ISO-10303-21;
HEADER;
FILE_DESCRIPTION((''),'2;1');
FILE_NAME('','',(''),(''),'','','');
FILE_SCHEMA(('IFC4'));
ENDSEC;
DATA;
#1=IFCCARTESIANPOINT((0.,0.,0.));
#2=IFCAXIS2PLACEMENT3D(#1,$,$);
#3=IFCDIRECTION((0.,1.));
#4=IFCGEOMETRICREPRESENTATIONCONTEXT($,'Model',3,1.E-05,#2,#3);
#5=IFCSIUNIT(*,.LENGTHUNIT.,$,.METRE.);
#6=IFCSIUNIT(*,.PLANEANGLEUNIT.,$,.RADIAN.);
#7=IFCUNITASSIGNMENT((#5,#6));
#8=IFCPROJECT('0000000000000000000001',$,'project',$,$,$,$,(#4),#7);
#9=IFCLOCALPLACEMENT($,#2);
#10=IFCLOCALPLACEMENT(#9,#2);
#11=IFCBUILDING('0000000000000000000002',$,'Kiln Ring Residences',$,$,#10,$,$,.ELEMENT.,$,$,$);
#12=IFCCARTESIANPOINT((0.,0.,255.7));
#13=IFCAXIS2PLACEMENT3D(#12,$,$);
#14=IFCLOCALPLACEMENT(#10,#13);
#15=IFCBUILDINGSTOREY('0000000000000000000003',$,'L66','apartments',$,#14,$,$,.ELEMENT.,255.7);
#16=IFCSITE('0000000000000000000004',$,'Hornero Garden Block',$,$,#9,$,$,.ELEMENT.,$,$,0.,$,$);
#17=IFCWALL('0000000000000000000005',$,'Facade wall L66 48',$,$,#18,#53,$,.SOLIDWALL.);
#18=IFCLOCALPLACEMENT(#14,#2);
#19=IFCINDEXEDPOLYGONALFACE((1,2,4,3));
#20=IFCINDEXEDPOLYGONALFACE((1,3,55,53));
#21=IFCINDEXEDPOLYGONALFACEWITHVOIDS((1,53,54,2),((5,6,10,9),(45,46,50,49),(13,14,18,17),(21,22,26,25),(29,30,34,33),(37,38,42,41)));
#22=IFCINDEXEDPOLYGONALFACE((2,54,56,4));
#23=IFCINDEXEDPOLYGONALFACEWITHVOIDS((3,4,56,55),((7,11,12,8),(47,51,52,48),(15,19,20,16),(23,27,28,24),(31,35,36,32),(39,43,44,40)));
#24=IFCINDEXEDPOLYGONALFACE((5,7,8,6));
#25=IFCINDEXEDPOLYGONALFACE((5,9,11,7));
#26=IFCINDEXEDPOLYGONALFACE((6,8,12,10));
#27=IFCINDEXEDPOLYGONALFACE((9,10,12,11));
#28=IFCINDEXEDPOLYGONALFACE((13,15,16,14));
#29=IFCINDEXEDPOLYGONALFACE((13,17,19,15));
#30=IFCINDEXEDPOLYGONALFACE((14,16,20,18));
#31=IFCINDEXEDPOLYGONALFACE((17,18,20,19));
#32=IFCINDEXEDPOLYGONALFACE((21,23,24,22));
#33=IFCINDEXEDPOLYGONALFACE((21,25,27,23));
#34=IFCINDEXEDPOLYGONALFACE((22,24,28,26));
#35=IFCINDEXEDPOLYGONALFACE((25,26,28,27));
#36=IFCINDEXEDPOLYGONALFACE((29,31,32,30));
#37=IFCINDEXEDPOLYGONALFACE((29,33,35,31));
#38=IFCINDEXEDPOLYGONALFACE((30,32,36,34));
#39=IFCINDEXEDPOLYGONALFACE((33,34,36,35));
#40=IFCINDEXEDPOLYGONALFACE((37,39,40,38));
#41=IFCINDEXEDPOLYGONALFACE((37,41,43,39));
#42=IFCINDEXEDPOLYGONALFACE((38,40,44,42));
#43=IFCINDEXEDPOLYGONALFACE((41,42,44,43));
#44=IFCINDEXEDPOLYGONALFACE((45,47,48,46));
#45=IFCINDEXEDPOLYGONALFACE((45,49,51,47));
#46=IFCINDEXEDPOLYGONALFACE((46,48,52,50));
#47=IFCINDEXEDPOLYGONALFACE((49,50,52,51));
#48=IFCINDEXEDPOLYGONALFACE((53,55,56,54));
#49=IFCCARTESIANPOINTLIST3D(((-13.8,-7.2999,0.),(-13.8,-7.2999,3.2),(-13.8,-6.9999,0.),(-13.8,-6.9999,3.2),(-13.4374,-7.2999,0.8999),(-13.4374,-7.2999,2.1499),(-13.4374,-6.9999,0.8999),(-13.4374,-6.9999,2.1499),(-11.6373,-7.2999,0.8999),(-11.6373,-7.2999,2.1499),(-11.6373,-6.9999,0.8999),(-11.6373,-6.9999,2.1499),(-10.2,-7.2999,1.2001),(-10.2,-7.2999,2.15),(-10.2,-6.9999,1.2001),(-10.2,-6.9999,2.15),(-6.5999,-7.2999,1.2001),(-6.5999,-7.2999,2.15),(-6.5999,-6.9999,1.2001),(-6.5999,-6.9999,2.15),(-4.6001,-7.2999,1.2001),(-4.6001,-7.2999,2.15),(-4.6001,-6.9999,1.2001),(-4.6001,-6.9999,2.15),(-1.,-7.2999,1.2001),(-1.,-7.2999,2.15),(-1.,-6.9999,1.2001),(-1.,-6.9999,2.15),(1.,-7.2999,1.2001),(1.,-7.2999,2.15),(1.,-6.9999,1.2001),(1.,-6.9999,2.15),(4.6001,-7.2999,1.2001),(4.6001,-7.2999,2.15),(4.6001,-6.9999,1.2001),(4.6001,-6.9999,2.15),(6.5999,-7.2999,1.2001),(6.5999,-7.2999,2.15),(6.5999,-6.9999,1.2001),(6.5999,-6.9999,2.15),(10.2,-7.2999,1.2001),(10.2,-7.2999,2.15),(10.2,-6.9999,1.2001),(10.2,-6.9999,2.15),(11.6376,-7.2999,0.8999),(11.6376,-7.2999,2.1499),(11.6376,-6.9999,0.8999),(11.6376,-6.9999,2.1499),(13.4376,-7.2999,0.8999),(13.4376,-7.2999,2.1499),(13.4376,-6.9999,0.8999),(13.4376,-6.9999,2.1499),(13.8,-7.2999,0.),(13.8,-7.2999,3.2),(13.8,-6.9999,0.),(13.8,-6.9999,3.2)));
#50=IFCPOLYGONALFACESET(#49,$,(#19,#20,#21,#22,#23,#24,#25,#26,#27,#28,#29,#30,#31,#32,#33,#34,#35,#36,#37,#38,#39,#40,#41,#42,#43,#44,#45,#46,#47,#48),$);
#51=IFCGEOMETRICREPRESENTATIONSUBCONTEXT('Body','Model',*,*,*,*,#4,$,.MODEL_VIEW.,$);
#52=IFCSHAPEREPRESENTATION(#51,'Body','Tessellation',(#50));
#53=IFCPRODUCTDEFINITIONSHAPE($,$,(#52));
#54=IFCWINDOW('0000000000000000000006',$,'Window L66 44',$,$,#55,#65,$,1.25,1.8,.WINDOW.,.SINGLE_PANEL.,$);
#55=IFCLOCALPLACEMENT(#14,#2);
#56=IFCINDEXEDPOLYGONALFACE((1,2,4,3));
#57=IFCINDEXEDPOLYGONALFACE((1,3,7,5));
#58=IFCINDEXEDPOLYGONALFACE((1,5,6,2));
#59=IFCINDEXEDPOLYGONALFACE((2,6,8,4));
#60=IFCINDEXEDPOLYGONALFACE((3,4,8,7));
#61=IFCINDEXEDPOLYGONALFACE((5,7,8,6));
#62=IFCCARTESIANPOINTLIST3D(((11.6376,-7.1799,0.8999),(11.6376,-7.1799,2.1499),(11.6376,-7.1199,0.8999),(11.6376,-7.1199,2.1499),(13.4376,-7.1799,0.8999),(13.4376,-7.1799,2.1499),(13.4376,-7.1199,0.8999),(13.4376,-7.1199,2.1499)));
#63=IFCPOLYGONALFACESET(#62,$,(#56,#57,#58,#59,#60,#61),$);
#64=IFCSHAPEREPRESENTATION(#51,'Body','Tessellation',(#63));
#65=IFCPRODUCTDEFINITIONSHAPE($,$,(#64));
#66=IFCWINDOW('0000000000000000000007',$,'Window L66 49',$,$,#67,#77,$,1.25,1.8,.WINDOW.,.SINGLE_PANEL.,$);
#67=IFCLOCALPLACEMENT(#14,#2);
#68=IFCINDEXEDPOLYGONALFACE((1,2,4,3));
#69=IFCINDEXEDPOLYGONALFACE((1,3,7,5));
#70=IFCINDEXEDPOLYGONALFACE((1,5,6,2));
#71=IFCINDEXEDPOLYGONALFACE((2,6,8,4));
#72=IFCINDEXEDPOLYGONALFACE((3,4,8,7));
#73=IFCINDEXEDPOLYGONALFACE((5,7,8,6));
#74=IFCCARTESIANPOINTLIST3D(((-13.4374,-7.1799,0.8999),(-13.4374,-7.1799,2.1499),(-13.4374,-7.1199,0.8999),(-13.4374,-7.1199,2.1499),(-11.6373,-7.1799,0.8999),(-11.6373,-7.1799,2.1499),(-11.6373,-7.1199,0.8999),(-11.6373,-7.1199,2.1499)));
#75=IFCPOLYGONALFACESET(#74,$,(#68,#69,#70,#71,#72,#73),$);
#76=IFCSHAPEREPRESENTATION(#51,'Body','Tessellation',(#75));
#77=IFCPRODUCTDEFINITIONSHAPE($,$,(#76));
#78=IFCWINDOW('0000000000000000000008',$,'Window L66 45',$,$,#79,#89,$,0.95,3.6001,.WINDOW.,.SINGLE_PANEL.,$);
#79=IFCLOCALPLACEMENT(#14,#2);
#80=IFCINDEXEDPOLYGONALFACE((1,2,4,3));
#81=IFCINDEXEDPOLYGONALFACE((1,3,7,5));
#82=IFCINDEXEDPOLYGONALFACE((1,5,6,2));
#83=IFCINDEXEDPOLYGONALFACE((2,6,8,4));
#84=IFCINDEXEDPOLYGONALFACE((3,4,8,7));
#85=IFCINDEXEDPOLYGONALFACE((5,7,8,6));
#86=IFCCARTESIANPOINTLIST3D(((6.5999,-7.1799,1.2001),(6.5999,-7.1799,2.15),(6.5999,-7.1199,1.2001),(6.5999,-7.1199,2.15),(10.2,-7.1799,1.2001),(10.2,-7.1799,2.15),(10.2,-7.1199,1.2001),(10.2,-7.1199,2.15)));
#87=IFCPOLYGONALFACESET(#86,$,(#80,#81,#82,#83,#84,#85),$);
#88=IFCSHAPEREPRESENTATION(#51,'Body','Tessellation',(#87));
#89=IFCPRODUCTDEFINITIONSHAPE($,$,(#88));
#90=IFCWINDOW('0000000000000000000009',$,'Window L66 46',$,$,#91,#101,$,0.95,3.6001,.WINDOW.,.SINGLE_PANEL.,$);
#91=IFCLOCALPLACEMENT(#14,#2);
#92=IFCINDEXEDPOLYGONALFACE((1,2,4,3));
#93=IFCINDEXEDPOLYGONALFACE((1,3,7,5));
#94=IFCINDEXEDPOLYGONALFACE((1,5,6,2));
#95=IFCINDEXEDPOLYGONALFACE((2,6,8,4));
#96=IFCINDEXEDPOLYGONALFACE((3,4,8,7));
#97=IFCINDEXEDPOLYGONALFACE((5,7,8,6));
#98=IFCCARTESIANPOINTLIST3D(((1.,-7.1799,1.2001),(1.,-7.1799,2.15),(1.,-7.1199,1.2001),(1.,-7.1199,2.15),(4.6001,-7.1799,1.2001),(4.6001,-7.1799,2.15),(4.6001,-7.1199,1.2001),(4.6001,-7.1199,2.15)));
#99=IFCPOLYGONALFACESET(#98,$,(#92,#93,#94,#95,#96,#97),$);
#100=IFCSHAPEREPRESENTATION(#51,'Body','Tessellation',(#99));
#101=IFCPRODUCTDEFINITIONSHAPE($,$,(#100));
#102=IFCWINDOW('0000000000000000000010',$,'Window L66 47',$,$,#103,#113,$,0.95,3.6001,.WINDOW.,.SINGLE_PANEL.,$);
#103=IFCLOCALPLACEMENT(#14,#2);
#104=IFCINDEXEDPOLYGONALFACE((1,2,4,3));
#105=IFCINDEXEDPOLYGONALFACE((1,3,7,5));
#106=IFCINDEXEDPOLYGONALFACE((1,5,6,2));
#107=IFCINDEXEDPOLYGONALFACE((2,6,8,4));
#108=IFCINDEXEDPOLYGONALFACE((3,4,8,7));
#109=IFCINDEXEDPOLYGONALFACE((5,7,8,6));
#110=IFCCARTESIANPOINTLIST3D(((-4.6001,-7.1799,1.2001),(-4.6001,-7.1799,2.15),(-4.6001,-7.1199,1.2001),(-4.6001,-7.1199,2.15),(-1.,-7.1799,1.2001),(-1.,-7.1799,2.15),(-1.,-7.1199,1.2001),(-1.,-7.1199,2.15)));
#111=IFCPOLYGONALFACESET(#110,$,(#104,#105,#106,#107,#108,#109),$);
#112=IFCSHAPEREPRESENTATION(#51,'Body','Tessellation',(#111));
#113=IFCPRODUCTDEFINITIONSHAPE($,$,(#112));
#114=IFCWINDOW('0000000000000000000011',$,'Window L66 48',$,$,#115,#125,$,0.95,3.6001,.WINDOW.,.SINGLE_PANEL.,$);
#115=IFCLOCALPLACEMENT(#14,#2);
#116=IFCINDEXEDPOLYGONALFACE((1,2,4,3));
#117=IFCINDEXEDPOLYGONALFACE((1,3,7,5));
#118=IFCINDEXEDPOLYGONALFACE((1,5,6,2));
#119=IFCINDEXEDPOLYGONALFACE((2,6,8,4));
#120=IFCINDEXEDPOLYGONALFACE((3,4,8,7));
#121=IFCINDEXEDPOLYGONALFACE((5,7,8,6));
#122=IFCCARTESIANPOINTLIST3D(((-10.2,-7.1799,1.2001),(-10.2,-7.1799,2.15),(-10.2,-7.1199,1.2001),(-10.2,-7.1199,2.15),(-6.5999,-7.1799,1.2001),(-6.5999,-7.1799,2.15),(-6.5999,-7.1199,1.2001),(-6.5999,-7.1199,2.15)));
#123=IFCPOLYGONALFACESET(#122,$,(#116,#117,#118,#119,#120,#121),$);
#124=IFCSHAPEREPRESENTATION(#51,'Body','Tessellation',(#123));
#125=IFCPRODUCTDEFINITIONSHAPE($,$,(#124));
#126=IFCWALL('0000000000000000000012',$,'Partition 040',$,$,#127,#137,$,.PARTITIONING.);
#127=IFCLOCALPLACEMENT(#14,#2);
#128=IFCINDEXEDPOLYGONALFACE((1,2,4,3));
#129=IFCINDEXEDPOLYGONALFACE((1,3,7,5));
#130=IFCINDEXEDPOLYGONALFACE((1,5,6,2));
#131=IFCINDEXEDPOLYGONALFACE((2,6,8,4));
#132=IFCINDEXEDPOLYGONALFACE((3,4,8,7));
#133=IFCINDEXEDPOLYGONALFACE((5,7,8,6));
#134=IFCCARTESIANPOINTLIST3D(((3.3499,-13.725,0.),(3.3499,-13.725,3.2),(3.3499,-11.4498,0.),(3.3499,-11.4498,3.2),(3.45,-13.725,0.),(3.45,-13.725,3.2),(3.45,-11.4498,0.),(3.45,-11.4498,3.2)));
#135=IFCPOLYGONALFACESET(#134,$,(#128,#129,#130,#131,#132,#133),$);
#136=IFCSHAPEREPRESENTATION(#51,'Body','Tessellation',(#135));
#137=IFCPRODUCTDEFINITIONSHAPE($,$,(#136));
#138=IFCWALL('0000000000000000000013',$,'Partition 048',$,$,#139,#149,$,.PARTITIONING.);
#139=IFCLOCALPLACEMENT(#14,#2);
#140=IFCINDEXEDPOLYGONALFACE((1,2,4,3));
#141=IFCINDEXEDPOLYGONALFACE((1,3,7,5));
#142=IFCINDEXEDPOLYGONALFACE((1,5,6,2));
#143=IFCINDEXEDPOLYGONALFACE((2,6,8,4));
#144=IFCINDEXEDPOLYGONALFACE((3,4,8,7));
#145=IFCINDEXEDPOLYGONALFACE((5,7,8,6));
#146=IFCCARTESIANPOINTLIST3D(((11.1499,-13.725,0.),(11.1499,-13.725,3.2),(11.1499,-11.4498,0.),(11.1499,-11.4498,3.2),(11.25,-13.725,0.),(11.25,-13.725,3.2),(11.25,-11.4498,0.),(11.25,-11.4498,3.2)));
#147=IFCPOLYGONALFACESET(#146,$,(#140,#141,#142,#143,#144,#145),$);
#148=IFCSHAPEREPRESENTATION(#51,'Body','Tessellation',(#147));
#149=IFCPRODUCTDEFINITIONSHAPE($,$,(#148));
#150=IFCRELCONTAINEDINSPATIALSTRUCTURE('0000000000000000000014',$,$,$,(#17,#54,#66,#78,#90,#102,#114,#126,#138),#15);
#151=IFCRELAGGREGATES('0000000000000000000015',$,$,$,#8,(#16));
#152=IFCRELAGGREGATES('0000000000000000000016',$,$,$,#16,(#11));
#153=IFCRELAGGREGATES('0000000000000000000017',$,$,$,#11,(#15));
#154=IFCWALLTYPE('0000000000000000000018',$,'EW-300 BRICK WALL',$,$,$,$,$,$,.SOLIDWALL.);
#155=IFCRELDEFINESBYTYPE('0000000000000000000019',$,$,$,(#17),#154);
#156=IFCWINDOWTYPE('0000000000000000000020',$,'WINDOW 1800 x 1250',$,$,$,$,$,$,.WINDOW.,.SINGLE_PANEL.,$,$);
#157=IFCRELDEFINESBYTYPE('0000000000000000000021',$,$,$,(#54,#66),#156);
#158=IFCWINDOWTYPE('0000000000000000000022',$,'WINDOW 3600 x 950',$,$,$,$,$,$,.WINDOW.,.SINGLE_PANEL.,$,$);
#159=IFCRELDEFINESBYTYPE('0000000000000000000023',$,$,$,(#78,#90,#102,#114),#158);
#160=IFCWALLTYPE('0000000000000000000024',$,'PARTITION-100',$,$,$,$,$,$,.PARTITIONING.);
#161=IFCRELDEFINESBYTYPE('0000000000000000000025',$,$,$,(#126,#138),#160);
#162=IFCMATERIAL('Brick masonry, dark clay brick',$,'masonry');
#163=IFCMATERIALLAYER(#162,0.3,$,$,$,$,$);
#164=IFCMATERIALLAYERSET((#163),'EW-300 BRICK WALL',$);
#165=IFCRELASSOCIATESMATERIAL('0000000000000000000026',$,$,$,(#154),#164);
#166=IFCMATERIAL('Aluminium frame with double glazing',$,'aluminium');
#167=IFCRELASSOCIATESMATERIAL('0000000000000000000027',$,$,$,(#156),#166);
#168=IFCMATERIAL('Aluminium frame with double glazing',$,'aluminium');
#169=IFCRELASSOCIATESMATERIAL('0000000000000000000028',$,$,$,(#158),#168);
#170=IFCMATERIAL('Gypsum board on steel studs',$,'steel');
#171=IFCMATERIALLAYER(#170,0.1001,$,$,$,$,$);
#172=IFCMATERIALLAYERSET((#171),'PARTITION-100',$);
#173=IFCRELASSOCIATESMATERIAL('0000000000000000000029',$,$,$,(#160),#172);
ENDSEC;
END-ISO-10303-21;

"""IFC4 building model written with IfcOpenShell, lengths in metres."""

from ifc_helpers import new_model, si_unit, direction, frame, frame_2d, origin, place, context, subcontext, project, spatial, rectangle, extrude, material, layer, layer_set, type_object, element, fill, save


model = new_model("IFC4")

# Units and contexts
model_context = context("Model", 3, precision=1e-05, world=origin(), true_north=direction((0.0, 1.0)))
body_context = subcontext(model_context, "Body", "Model", "MODEL_VIEW")
ifc_project = project(units=[si_unit("LENGTHUNIT", "METRE"), si_unit("PLANEANGLEUNIT", "RADIAN")], contexts=[model_context])

# Site, building, storey
site_placement = place(None, origin())
site = spatial("IfcSite", under=ifc_project, at=site_placement, Name="Hornero Garden Block", CompositionType="ELEMENT", RefElevation=0.0)
building_placement = place(site_placement, origin())
building = spatial("IfcBuilding", under=site, at=building_placement, Name="Kiln Ring Residences", CompositionType="ELEMENT")
storey_placement = place(building_placement, frame((0.0, 0.0, 255.7)))
storey = spatial("IfcBuildingStorey", under=building, at=storey_placement, Name="L66", Description="apartments", CompositionType="ELEMENT", Elevation=255.7)

# Wall, openings, windows
ifc_material_1 = material(Name="Brick masonry, dark clay brick", Category="masonry")
ifc_layer_1 = layer(ifc_material_1, 0.3)
ifc_layer_set_1 = layer_set([ifc_layer_1], Name="EW-300 BRICK WALL")
wall_type_1 = type_object("IfcWallType", Name="EW-300 BRICK WALL", PredefinedType="SOLIDWALL", material=ifc_layer_set_1)
wall_1_placement = place(storey_placement, frame((13.8, -7.1499, 0.0), z_axis=(0.0, 0.0, 1.0), x_axis=(-1.0, 0.0, 0.0)))
wall_1 = element("IfcWall", 1, at=wall_1_placement, inside=storey, type_object=wall_type_1, Name="Facade wall L66 48", PredefinedType="SOLIDWALL", context=body_context, shape_type="SweptSolid", body=[
    extrude(rectangle(XDim=27.6001, YDim=0.3, at=frame_2d((13.8, 0.0))), origin(), (0.0, 0.0, 1.0), 3.2),
])
opening_1_placement = place(wall_1_placement, frame((0.3625, 0.0, 0.8999)))
opening_1 = element("IfcOpeningElement", 2, at=opening_1_placement, cuts=wall_1, PredefinedType="OPENING", context=body_context, shape_type="SweptSolid", body=[
    extrude(rectangle(XDim=1.8, YDim=1.25, at=frame_2d((0.8999, 0.625))), frame((0.0, 0.1599, 0.0), z_axis=(0.0, -1.0, 0.0), x_axis=(1.0, 0.0, 0.0)), (0.0, 0.0, 1.0), 0.3201),
])
opening_2_placement = place(wall_1_placement, frame((3.6001, 0.0, 1.2)))
opening_2 = element("IfcOpeningElement", 3, at=opening_2_placement, cuts=wall_1, PredefinedType="OPENING", context=body_context, shape_type="SweptSolid", body=[
    extrude(rectangle(XDim=3.6001, YDim=0.95, at=frame_2d((1.8, 0.4751))), frame((0.0, 0.1599, 0.0), z_axis=(0.0, -1.0, 0.0), x_axis=(1.0, 0.0, 0.0)), (0.0, 0.0, 1.0), 0.3201),
])
opening_3_placement = place(wall_1_placement, frame((9.2, 0.0, 1.2)))
opening_3 = element("IfcOpeningElement", 4, at=opening_3_placement, cuts=wall_1, PredefinedType="OPENING", context=body_context, shape_type="SweptSolid", body=[
    extrude(rectangle(XDim=3.6001, YDim=0.95, at=frame_2d((1.8, 0.4751))), frame((0.0, 0.1599, 0.0), z_axis=(0.0, -1.0, 0.0), x_axis=(1.0, 0.0, 0.0)), (0.0, 0.0, 1.0), 0.3201),
])
opening_4_placement = place(wall_1_placement, frame((14.8, 0.0, 1.2)))
opening_4 = element("IfcOpeningElement", 5, at=opening_4_placement, cuts=wall_1, PredefinedType="OPENING", context=body_context, shape_type="SweptSolid", body=[
    extrude(rectangle(XDim=3.6001, YDim=0.95, at=frame_2d((1.8, 0.4751))), frame((0.0, 0.1599, 0.0), z_axis=(0.0, -1.0, 0.0), x_axis=(1.0, 0.0, 0.0)), (0.0, 0.0, 1.0), 0.3201),
])
opening_5_placement = place(wall_1_placement, frame((20.3999, 0.0, 1.2)))
opening_5 = element("IfcOpeningElement", 6, at=opening_5_placement, cuts=wall_1, PredefinedType="OPENING", context=body_context, shape_type="SweptSolid", body=[
    extrude(rectangle(XDim=3.6001, YDim=0.95, at=frame_2d((1.8, 0.4751))), frame((0.0, 0.1599, 0.0), z_axis=(0.0, -1.0, 0.0), x_axis=(1.0, 0.0, 0.0)), (0.0, 0.0, 1.0), 0.3201),
])
opening_6_placement = place(wall_1_placement, frame((25.4375, 0.0, 0.8999)))
opening_6 = element("IfcOpeningElement", 7, at=opening_6_placement, cuts=wall_1, PredefinedType="OPENING", context=body_context, shape_type="SweptSolid", body=[
    extrude(rectangle(XDim=1.8, YDim=1.25, at=frame_2d((0.8999, 0.625))), frame((0.0, 0.1599, 0.0), z_axis=(0.0, -1.0, 0.0), x_axis=(1.0, 0.0, 0.0)), (0.0, 0.0, 1.0), 0.3201),
])
ifc_material_2 = material(Name="Aluminium frame with double glazing", Category="aluminium")
window_type_1 = type_object("IfcWindowType", Name="WINDOW 1800 x 1250", PartitioningType="SINGLE_PANEL", PredefinedType="WINDOW", material=ifc_material_2)
window_1_placement = place(opening_1_placement, origin())
window_1 = element("IfcWindow", 8, at=window_1_placement, inside=storey, type_object=window_type_1, Name="Window L66 44", OverallHeight=1.25, OverallWidth=1.8, PartitioningType="SINGLE_PANEL", PredefinedType="WINDOW", context=body_context, shape_type="SweptSolid", body=[
    extrude(rectangle(XDim=1.8, YDim=1.25, at=frame_2d((0.8999, 0.625))), frame((0.0, 0.03, 0.0), z_axis=(0.0, -1.0, 0.0), x_axis=(1.0, 0.0, 0.0)), (0.0, 0.0, 1.0), 0.0601),
])
fill(opening_1, window_1)
window_2_placement = place(opening_6_placement, origin())
window_2 = element("IfcWindow", 9, at=window_2_placement, inside=storey, type_object=window_type_1, Name="Window L66 49", OverallHeight=1.25, OverallWidth=1.8, PartitioningType="SINGLE_PANEL", PredefinedType="WINDOW", context=body_context, shape_type="SweptSolid", body=[
    extrude(rectangle(XDim=1.8, YDim=1.25, at=frame_2d((0.8999, 0.625))), frame((0.0, 0.03, 0.0), z_axis=(0.0, -1.0, 0.0), x_axis=(1.0, 0.0, 0.0)), (0.0, 0.0, 1.0), 0.0601),
])
fill(opening_6, window_2)
ifc_material_3 = material(Name="Aluminium frame with double glazing", Category="aluminium")
window_type_2 = type_object("IfcWindowType", Name="WINDOW 3600 x 950", PartitioningType="SINGLE_PANEL", PredefinedType="WINDOW", material=ifc_material_3)
window_3_placement = place(opening_2_placement, origin())
window_3 = element("IfcWindow", 10, at=window_3_placement, inside=storey, type_object=window_type_2, Name="Window L66 45", OverallHeight=0.95, OverallWidth=3.6001, PartitioningType="SINGLE_PANEL", PredefinedType="WINDOW", context=body_context, shape_type="SweptSolid", body=[
    extrude(rectangle(XDim=3.6001, YDim=0.95, at=frame_2d((1.8, 0.4751))), frame((0.0, 0.03, 0.0), z_axis=(0.0, -1.0, 0.0), x_axis=(1.0, 0.0, 0.0)), (0.0, 0.0, 1.0), 0.0601),
])
fill(opening_2, window_3)
window_4_placement = place(opening_3_placement, origin())
window_4 = element("IfcWindow", 11, at=window_4_placement, inside=storey, type_object=window_type_2, Name="Window L66 46", OverallHeight=0.95, OverallWidth=3.6001, PartitioningType="SINGLE_PANEL", PredefinedType="WINDOW", context=body_context, shape_type="SweptSolid", body=[
    extrude(rectangle(XDim=3.6001, YDim=0.95, at=frame_2d((1.8, 0.4751))), frame((0.0, 0.03, 0.0), z_axis=(0.0, -1.0, 0.0), x_axis=(1.0, 0.0, 0.0)), (0.0, 0.0, 1.0), 0.0601),
])
fill(opening_3, window_4)
window_5_placement = place(opening_4_placement, origin())
window_5 = element("IfcWindow", 12, at=window_5_placement, inside=storey, type_object=window_type_2, Name="Window L66 47", OverallHeight=0.95, OverallWidth=3.6001, PartitioningType="SINGLE_PANEL", PredefinedType="WINDOW", context=body_context, shape_type="SweptSolid", body=[
    extrude(rectangle(XDim=3.6001, YDim=0.95, at=frame_2d((1.8, 0.4751))), frame((0.0, 0.03, 0.0), z_axis=(0.0, -1.0, 0.0), x_axis=(1.0, 0.0, 0.0)), (0.0, 0.0, 1.0), 0.0601),
])
fill(opening_4, window_5)
window_6_placement = place(opening_5_placement, origin())
window_6 = element("IfcWindow", 13, at=window_6_placement, inside=storey, type_object=window_type_2, Name="Window L66 48", OverallHeight=0.95, OverallWidth=3.6001, PartitioningType="SINGLE_PANEL", PredefinedType="WINDOW", context=body_context, shape_type="SweptSolid", body=[
    extrude(rectangle(XDim=3.6001, YDim=0.95, at=frame_2d((1.8, 0.4751))), frame((0.0, 0.03, 0.0), z_axis=(0.0, -1.0, 0.0), x_axis=(1.0, 0.0, 0.0)), (0.0, 0.0, 1.0), 0.0601),
])
fill(opening_5, window_6)

# Walls
ifc_material_4 = material(Name="Gypsum board on steel studs", Category="steel")
ifc_layer_2 = layer(ifc_material_4, 0.1001)
ifc_layer_set_2 = layer_set([ifc_layer_2], Name="PARTITION-100")
wall_type_2 = type_object("IfcWallType", Name="PARTITION-100", PredefinedType="PARTITIONING", material=ifc_layer_set_2)
for number, where, z_axis, x_axis, name in (
    (14, (3.3999, -13.7251, 0.0), (0.0, 0.0, 1.0), (0.0, 1.0, 0.0), "Partition 040"),
    (15, (11.2, -13.7251, 0.0), (0.0, 0.0, 1.0), (0.0, 1.0, 0.0), "Partition 048"),
):
    element("IfcWall", number, at=place(storey_placement, frame(where, z_axis=z_axis, x_axis=x_axis)), inside=storey, type_object=wall_type_2, Name=name, PredefinedType="PARTITIONING", context=body_context, shape_type="SweptSolid", body=[
        extrude(rectangle(XDim=2.2751, YDim=0.1001, at=frame_2d((1.1377, 0.0))), origin(), (0.0, 0.0, 1.0), 3.2),
    ])

save(model, "model.ifc")
